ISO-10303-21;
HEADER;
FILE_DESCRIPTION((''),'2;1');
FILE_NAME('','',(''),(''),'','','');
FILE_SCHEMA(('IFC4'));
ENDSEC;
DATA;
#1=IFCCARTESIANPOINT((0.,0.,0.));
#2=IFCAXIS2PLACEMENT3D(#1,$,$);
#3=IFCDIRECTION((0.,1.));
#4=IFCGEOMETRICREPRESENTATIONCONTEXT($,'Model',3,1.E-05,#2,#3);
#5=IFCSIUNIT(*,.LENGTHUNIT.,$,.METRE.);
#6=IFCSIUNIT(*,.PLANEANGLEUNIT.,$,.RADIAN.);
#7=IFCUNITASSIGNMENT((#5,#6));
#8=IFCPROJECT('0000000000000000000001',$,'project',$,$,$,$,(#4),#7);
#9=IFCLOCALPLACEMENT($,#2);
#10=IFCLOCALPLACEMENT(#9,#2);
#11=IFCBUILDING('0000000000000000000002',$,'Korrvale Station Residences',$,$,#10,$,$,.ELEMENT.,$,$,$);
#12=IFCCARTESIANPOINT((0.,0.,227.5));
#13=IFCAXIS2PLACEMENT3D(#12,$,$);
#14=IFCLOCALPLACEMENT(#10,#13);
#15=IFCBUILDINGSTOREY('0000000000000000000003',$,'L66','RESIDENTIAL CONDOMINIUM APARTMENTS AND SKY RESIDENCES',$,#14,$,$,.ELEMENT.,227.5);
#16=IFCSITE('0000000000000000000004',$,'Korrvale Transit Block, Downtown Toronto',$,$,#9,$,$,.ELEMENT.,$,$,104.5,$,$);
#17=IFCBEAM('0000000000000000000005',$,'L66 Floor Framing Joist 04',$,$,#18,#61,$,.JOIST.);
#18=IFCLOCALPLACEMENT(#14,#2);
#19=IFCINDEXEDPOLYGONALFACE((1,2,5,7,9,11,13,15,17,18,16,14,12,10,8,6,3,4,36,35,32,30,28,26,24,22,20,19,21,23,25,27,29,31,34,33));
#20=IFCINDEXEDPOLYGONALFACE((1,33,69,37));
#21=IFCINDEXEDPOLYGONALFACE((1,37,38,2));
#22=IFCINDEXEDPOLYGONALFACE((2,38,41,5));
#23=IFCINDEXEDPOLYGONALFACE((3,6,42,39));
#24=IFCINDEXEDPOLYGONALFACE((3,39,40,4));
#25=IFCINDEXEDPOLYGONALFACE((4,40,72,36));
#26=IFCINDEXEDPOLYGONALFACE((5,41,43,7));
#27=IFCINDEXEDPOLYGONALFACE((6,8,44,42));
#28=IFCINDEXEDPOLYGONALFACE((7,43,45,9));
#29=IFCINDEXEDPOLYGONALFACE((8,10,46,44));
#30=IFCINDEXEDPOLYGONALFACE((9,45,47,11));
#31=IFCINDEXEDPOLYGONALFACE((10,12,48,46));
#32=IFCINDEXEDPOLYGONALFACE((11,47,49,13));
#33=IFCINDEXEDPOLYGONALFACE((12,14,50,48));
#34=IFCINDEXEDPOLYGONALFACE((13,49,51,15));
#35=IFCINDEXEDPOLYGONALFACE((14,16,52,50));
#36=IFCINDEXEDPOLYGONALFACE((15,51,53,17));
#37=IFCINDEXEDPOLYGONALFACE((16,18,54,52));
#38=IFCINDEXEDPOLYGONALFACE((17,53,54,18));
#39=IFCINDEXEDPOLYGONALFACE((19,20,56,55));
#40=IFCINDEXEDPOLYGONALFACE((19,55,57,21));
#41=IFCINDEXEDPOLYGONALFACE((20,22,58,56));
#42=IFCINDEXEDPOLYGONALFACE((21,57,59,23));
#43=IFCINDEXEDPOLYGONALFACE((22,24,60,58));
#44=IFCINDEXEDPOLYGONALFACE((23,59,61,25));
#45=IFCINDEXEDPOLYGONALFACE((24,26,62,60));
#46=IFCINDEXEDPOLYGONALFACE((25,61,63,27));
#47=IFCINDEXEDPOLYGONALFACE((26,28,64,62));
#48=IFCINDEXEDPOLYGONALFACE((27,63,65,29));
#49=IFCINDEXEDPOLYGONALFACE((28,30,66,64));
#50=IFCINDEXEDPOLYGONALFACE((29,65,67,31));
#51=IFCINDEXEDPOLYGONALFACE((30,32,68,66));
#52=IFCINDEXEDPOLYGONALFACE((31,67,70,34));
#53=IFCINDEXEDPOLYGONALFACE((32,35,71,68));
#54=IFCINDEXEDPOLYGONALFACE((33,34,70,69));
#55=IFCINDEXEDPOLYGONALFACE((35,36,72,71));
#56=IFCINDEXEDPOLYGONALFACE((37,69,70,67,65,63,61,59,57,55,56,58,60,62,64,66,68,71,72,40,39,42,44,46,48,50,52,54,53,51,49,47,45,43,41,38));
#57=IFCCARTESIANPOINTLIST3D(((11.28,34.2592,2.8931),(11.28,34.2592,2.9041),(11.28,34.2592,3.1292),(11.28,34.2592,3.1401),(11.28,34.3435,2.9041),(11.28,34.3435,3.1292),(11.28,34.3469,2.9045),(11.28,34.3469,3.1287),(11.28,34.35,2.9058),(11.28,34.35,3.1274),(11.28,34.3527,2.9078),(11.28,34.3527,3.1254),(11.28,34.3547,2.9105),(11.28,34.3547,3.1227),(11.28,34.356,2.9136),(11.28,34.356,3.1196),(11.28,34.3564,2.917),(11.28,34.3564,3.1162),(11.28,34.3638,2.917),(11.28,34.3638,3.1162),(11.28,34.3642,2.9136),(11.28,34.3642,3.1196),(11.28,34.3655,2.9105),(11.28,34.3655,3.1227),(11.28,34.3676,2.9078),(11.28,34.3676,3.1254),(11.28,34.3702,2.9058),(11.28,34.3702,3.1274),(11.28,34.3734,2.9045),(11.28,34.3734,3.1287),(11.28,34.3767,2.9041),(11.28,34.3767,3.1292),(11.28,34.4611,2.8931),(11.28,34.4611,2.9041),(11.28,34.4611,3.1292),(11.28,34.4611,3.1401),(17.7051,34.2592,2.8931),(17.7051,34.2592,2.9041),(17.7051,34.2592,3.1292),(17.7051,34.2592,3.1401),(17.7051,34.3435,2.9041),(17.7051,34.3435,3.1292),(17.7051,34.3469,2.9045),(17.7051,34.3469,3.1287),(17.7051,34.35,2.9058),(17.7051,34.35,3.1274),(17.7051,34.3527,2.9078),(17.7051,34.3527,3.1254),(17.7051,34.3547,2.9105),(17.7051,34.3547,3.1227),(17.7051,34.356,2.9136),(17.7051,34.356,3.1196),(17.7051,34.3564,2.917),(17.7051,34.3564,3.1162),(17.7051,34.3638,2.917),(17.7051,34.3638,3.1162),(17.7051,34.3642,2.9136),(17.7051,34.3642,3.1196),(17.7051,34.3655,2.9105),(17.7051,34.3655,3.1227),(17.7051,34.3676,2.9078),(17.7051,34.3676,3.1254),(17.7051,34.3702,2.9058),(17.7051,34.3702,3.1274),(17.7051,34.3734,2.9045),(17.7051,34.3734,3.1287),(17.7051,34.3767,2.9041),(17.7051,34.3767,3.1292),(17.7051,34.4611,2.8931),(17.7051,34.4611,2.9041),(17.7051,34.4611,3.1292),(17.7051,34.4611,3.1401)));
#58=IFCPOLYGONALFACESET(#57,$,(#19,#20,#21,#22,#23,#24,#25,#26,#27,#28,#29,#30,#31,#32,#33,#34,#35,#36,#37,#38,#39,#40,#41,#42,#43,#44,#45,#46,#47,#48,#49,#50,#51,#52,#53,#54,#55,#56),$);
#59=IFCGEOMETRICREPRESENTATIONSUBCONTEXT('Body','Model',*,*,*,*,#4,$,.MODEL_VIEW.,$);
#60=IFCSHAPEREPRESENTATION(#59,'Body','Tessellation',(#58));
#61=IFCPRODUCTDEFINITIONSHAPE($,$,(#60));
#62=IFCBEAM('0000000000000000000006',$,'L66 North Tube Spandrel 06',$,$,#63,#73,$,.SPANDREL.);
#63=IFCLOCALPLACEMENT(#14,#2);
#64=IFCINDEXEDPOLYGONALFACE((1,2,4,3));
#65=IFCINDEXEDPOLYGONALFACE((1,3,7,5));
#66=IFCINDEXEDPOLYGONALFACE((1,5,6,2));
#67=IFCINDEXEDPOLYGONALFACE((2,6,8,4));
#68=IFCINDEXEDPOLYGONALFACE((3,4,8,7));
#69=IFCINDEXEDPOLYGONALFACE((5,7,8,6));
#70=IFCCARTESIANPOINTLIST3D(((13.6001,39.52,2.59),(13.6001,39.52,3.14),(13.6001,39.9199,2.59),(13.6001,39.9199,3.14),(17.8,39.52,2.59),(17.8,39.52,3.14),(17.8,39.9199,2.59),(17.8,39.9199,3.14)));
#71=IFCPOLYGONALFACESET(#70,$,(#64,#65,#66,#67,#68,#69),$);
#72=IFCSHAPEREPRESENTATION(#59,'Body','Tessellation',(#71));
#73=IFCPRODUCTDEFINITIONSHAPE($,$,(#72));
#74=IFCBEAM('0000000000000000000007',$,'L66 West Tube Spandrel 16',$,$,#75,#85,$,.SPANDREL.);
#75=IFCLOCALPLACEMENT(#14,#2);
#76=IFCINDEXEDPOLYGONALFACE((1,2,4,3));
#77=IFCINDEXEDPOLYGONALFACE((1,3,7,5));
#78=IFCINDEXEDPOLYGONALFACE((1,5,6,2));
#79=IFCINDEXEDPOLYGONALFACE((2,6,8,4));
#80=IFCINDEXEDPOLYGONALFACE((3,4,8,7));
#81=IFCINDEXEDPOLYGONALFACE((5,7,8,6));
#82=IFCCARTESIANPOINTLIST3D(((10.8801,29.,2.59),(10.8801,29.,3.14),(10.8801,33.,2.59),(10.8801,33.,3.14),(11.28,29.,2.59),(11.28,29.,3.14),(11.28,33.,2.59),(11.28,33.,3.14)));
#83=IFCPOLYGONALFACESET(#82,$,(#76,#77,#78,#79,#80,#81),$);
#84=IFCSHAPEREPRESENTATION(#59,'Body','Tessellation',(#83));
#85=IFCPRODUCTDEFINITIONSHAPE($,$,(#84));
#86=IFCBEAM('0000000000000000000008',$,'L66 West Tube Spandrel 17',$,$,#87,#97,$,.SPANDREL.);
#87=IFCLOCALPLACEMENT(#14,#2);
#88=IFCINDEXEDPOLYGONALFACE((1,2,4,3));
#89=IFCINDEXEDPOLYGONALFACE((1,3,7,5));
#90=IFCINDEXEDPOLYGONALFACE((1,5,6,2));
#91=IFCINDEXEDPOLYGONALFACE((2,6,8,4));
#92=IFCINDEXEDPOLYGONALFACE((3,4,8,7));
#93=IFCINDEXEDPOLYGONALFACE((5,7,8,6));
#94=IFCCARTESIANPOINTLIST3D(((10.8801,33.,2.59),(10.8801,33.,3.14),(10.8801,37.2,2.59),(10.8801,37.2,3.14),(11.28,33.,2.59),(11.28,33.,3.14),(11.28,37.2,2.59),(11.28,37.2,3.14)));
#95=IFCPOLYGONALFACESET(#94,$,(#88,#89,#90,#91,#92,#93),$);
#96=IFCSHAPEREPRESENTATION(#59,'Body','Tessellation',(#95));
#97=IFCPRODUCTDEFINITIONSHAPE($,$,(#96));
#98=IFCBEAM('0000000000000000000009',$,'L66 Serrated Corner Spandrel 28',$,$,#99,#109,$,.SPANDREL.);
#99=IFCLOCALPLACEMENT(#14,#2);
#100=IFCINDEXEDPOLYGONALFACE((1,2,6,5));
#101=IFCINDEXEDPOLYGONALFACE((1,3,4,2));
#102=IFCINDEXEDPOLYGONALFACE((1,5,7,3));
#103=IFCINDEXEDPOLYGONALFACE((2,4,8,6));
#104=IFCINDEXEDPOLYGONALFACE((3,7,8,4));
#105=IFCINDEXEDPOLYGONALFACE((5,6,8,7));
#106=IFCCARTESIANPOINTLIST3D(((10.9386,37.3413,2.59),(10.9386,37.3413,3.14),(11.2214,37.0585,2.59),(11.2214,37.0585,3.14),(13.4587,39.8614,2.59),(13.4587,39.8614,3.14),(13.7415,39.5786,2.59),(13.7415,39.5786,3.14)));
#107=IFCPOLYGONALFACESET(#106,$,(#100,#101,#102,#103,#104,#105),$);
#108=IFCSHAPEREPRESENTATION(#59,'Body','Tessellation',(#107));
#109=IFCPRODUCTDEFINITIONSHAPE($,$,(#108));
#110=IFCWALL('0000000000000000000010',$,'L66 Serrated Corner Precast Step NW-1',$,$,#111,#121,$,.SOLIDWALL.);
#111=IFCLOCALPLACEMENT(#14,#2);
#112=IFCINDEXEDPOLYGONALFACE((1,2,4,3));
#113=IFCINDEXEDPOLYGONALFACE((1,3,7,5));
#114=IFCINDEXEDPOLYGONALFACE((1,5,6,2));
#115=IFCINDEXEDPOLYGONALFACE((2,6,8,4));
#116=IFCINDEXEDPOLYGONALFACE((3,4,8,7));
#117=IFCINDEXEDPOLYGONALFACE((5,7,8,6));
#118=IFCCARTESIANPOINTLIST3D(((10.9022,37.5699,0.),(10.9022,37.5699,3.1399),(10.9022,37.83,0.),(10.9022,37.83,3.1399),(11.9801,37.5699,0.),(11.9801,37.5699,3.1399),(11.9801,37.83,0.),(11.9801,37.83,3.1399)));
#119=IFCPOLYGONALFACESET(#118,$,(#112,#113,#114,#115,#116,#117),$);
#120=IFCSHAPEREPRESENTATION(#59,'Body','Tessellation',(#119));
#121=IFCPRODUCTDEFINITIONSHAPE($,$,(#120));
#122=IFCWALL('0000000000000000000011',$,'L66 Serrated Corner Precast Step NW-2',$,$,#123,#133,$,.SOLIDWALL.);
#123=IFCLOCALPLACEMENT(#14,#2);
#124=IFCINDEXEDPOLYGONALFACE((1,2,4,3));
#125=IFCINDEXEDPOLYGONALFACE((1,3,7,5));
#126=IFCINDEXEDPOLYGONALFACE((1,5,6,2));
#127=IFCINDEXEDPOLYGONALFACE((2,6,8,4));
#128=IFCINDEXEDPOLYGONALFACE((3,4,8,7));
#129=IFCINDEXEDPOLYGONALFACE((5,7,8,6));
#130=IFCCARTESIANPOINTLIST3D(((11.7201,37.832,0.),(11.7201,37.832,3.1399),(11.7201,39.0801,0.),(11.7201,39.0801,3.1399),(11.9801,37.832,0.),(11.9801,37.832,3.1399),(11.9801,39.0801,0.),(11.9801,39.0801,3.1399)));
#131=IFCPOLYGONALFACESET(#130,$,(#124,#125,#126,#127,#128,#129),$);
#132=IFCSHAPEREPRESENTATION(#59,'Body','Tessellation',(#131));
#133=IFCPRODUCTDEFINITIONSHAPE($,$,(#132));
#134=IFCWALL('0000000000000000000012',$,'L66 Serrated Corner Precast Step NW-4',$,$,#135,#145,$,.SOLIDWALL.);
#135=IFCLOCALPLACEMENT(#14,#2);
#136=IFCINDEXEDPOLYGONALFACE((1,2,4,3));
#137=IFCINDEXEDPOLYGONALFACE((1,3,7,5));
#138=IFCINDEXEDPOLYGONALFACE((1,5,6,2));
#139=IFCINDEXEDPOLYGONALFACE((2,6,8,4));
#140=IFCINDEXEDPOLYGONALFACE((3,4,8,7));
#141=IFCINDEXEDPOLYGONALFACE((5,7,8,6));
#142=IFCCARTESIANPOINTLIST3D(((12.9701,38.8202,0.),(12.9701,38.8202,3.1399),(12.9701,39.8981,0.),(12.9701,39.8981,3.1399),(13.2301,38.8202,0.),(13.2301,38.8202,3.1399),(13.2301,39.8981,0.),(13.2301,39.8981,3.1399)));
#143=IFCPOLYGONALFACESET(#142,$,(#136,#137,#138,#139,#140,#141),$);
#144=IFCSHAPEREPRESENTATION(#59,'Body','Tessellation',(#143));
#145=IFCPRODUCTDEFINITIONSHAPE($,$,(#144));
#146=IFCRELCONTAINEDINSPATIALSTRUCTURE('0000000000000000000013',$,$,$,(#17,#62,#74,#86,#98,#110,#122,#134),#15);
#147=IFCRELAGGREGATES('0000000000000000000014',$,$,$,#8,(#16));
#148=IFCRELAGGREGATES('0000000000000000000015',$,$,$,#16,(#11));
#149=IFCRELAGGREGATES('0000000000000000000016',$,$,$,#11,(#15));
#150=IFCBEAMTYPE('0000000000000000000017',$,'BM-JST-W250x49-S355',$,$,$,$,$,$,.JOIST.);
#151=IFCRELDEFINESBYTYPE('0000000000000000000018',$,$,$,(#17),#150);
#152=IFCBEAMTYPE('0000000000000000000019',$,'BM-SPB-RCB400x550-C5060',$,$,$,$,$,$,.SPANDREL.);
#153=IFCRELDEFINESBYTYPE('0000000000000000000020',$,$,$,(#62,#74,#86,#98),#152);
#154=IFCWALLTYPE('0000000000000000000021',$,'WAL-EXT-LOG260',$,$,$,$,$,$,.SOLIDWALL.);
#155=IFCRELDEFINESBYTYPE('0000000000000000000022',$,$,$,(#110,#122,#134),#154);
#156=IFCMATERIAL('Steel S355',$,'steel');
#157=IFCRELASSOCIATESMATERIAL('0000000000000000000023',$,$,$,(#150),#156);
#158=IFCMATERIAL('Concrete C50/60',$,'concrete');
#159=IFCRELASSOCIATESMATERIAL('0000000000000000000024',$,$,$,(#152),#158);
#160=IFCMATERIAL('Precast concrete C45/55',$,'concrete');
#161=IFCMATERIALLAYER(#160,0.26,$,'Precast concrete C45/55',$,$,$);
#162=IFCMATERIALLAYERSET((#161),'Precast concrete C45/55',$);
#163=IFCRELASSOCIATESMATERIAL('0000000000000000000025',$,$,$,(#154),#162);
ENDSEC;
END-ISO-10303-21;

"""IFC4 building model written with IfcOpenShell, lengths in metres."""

from ifc_helpers import new_model, si_unit, direction, frame, frame_2d, origin, origin_2d, place, context, subcontext, project, spatial, rectangle, i_section, extrude, material, layer, layer_set, material_profile, profile_set, type_object, element, save


model = new_model("IFC4")

# Units and contexts
model_context = context("Model", 3, precision=1e-05, world=origin(), true_north=direction((0.0, 1.0)))
body_context = subcontext(model_context, "Body", "Model", "MODEL_VIEW")
ifc_project = project(units=[si_unit("LENGTHUNIT", "METRE"), si_unit("PLANEANGLEUNIT", "RADIAN")], contexts=[model_context])

# Site, building, storey
site_placement = place(None, origin())
site = spatial("IfcSite", under=ifc_project, at=site_placement, Name="Korrvale Transit Block, Downtown Toronto", CompositionType="ELEMENT", RefElevation=104.5)
building_placement = place(site_placement, origin())
building = spatial("IfcBuilding", under=site, at=building_placement, Name="Korrvale Station Residences", CompositionType="ELEMENT")
storey_placement = place(building_placement, frame((0.0, 0.0, 227.5)))
storey = spatial("IfcBuildingStorey", under=building, at=storey_placement, Name="L66", Description="RESIDENTIAL CONDOMINIUM APARTMENTS AND SKY RESIDENCES", CompositionType="ELEMENT", Elevation=227.5)

# Shared definitions
ifc_material_1 = material(Name="Concrete C50/60", Category="concrete")

# Beams
ifc_material_2 = material(Name="Steel S355", Category="steel")
ifc_material_profile_1 = material_profile(ifc_material_2, i_section(OverallWidth=0.2019, OverallDepth=0.2471, WebThickness=0.0073, FlangeThickness=0.011, FilletRadius=0.0129, at=origin_2d()), Name="W250x49")
ifc_profile_set_1 = profile_set([ifc_material_profile_1], Name="Steel S355")
beam_type_1 = type_object("IfcBeamType", Name="BM-JST-W250x49-S355", PredefinedType="JOIST", material=ifc_profile_set_1)
beam_1_placement = place(storey_placement, frame((11.28, 34.3601, 3.0166), z_axis=(1.0, 0.0, 0.0), x_axis=(0.0, 1.0, 0.0)))
element("IfcBeam", 1, at=beam_1_placement, inside=storey, type_object=beam_type_1, Name="L66 Floor Framing Joist 04", PredefinedType="JOIST", context=body_context, shape_type="SweptSolid", body=[
    extrude(i_section(OverallWidth=0.2019, OverallDepth=0.2471, WebThickness=0.0073, FlangeThickness=0.011, FilletRadius=0.0129, at=origin_2d()), origin(), (0.0, 0.0, 1.0), 6.425),
])
ifc_material_profile_2 = material_profile(ifc_material_1, rectangle(XDim=0.3999, YDim=0.55, at=origin_2d()), Name="RCB400x550")
ifc_profile_set_2 = profile_set([ifc_material_profile_2], Name="Concrete C50/60")
beam_type_2 = type_object("IfcBeamType", Name="BM-SPB-RCB400x550-C5060", PredefinedType="SPANDREL", material=ifc_profile_set_2)
beam_2_placement = place(storey_placement, frame((13.6001, 39.72, 2.865), z_axis=(1.0, 0.0, 0.0), x_axis=(0.0, 1.0, 0.0)))
element("IfcBeam", 2, at=beam_2_placement, inside=storey, type_object=beam_type_2, Name="L66 North Tube Spandrel 06", PredefinedType="SPANDREL", context=body_context, shape_type="SweptSolid", body=[
    extrude(rectangle(XDim=0.3999, YDim=0.55, at=origin_2d()), origin(), (0.0, 0.0, 1.0), 4.2),
])
beam_3_placement = place(storey_placement, frame((11.0801, 29.0, 2.865), z_axis=(0.0, 1.0, 0.0), x_axis=(-1.0, 0.0, 0.0)))
element("IfcBeam", 3, at=beam_3_placement, inside=storey, type_object=beam_type_2, Name="L66 West Tube Spandrel 16", PredefinedType="SPANDREL", context=body_context, shape_type="SweptSolid", body=[
    extrude(rectangle(XDim=0.3999, YDim=0.55, at=origin_2d()), origin(), (0.0, 0.0, 1.0), 4.0),
])
beam_4_placement = place(storey_placement, frame((11.0801, 33.0, 2.865), z_axis=(0.0, 1.0, 0.0), x_axis=(-1.0, 0.0, 0.0)))
element("IfcBeam", 4, at=beam_4_placement, inside=storey, type_object=beam_type_2, Name="L66 West Tube Spandrel 17", PredefinedType="SPANDREL", context=body_context, shape_type="SweptSolid", body=[
    extrude(rectangle(XDim=0.3999, YDim=0.55, at=origin_2d()), origin(), (0.0, 0.0, 1.0), 4.2),
])
beam_5_placement = place(storey_placement, frame((13.6001, 39.72, 2.865), z_axis=(-0.707107, -0.707107, 0.0), x_axis=(0.707107, -0.707107, 0.0)))
element("IfcBeam", 5, at=beam_5_placement, inside=storey, type_object=beam_type_2, Name="L66 Serrated Corner Spandrel 28", PredefinedType="SPANDREL", context=body_context, shape_type="SweptSolid", body=[
    extrude(rectangle(XDim=0.3999, YDim=0.55, at=origin_2d()), origin(), (0.0, 0.0, 1.0), 3.564),
])

# Walls
ifc_material_3 = material(Name="Precast concrete C45/55", Category="concrete")
ifc_layer_1 = layer(ifc_material_3, 0.26, Name="Precast concrete C45/55")
ifc_layer_set_1 = layer_set([ifc_layer_1], Name="Precast concrete C45/55")
wall_type_1 = type_object("IfcWallType", Name="WAL-EXT-LOG260", PredefinedType="SOLIDWALL", material=ifc_layer_set_1)
wall_1_placement = place(storey_placement, frame((10.9021, 37.7, 0.0), z_axis=(0.0, 0.0, 1.0), x_axis=(1.0, 0.0, 0.0)))
element("IfcWall", 6, at=wall_1_placement, inside=storey, type_object=wall_type_1, Name="L66 Serrated Corner Precast Step NW-1", PredefinedType="SOLIDWALL", context=body_context, shape_type="SweptSolid", body=[
    extrude(rectangle(XDim=1.0779, YDim=0.26, at=frame_2d((0.5391, 0.0))), origin(), (0.0, 0.0, 1.0), 3.1399),
])
wall_2_placement = place(storey_placement, frame((11.8501, 37.832, 0.0), z_axis=(0.0, 0.0, 1.0), x_axis=(0.0, 1.0, 0.0)))
element("IfcWall", 7, at=wall_2_placement, inside=storey, type_object=wall_type_1, Name="L66 Serrated Corner Precast Step NW-2", PredefinedType="SOLIDWALL", context=body_context, shape_type="SweptSolid", body=[
    extrude(rectangle(XDim=1.248, YDim=0.26, at=frame_2d((0.624, 0.0))), origin(), (0.0, 0.0, 1.0), 3.1399),
])
wall_3_placement = place(storey_placement, frame((13.1001, 38.8201, 0.0), z_axis=(0.0, 0.0, 1.0), x_axis=(0.0, 1.0, 0.0)))
element("IfcWall", 8, at=wall_3_placement, inside=storey, type_object=wall_type_1, Name="L66 Serrated Corner Precast Step NW-4", PredefinedType="SOLIDWALL", context=body_context, shape_type="SweptSolid", body=[
    extrude(rectangle(XDim=1.0779, YDim=0.26, at=frame_2d((0.5391, 0.0))), origin(), (0.0, 0.0, 1.0), 3.1399),
])

save(model, "model.ifc")
